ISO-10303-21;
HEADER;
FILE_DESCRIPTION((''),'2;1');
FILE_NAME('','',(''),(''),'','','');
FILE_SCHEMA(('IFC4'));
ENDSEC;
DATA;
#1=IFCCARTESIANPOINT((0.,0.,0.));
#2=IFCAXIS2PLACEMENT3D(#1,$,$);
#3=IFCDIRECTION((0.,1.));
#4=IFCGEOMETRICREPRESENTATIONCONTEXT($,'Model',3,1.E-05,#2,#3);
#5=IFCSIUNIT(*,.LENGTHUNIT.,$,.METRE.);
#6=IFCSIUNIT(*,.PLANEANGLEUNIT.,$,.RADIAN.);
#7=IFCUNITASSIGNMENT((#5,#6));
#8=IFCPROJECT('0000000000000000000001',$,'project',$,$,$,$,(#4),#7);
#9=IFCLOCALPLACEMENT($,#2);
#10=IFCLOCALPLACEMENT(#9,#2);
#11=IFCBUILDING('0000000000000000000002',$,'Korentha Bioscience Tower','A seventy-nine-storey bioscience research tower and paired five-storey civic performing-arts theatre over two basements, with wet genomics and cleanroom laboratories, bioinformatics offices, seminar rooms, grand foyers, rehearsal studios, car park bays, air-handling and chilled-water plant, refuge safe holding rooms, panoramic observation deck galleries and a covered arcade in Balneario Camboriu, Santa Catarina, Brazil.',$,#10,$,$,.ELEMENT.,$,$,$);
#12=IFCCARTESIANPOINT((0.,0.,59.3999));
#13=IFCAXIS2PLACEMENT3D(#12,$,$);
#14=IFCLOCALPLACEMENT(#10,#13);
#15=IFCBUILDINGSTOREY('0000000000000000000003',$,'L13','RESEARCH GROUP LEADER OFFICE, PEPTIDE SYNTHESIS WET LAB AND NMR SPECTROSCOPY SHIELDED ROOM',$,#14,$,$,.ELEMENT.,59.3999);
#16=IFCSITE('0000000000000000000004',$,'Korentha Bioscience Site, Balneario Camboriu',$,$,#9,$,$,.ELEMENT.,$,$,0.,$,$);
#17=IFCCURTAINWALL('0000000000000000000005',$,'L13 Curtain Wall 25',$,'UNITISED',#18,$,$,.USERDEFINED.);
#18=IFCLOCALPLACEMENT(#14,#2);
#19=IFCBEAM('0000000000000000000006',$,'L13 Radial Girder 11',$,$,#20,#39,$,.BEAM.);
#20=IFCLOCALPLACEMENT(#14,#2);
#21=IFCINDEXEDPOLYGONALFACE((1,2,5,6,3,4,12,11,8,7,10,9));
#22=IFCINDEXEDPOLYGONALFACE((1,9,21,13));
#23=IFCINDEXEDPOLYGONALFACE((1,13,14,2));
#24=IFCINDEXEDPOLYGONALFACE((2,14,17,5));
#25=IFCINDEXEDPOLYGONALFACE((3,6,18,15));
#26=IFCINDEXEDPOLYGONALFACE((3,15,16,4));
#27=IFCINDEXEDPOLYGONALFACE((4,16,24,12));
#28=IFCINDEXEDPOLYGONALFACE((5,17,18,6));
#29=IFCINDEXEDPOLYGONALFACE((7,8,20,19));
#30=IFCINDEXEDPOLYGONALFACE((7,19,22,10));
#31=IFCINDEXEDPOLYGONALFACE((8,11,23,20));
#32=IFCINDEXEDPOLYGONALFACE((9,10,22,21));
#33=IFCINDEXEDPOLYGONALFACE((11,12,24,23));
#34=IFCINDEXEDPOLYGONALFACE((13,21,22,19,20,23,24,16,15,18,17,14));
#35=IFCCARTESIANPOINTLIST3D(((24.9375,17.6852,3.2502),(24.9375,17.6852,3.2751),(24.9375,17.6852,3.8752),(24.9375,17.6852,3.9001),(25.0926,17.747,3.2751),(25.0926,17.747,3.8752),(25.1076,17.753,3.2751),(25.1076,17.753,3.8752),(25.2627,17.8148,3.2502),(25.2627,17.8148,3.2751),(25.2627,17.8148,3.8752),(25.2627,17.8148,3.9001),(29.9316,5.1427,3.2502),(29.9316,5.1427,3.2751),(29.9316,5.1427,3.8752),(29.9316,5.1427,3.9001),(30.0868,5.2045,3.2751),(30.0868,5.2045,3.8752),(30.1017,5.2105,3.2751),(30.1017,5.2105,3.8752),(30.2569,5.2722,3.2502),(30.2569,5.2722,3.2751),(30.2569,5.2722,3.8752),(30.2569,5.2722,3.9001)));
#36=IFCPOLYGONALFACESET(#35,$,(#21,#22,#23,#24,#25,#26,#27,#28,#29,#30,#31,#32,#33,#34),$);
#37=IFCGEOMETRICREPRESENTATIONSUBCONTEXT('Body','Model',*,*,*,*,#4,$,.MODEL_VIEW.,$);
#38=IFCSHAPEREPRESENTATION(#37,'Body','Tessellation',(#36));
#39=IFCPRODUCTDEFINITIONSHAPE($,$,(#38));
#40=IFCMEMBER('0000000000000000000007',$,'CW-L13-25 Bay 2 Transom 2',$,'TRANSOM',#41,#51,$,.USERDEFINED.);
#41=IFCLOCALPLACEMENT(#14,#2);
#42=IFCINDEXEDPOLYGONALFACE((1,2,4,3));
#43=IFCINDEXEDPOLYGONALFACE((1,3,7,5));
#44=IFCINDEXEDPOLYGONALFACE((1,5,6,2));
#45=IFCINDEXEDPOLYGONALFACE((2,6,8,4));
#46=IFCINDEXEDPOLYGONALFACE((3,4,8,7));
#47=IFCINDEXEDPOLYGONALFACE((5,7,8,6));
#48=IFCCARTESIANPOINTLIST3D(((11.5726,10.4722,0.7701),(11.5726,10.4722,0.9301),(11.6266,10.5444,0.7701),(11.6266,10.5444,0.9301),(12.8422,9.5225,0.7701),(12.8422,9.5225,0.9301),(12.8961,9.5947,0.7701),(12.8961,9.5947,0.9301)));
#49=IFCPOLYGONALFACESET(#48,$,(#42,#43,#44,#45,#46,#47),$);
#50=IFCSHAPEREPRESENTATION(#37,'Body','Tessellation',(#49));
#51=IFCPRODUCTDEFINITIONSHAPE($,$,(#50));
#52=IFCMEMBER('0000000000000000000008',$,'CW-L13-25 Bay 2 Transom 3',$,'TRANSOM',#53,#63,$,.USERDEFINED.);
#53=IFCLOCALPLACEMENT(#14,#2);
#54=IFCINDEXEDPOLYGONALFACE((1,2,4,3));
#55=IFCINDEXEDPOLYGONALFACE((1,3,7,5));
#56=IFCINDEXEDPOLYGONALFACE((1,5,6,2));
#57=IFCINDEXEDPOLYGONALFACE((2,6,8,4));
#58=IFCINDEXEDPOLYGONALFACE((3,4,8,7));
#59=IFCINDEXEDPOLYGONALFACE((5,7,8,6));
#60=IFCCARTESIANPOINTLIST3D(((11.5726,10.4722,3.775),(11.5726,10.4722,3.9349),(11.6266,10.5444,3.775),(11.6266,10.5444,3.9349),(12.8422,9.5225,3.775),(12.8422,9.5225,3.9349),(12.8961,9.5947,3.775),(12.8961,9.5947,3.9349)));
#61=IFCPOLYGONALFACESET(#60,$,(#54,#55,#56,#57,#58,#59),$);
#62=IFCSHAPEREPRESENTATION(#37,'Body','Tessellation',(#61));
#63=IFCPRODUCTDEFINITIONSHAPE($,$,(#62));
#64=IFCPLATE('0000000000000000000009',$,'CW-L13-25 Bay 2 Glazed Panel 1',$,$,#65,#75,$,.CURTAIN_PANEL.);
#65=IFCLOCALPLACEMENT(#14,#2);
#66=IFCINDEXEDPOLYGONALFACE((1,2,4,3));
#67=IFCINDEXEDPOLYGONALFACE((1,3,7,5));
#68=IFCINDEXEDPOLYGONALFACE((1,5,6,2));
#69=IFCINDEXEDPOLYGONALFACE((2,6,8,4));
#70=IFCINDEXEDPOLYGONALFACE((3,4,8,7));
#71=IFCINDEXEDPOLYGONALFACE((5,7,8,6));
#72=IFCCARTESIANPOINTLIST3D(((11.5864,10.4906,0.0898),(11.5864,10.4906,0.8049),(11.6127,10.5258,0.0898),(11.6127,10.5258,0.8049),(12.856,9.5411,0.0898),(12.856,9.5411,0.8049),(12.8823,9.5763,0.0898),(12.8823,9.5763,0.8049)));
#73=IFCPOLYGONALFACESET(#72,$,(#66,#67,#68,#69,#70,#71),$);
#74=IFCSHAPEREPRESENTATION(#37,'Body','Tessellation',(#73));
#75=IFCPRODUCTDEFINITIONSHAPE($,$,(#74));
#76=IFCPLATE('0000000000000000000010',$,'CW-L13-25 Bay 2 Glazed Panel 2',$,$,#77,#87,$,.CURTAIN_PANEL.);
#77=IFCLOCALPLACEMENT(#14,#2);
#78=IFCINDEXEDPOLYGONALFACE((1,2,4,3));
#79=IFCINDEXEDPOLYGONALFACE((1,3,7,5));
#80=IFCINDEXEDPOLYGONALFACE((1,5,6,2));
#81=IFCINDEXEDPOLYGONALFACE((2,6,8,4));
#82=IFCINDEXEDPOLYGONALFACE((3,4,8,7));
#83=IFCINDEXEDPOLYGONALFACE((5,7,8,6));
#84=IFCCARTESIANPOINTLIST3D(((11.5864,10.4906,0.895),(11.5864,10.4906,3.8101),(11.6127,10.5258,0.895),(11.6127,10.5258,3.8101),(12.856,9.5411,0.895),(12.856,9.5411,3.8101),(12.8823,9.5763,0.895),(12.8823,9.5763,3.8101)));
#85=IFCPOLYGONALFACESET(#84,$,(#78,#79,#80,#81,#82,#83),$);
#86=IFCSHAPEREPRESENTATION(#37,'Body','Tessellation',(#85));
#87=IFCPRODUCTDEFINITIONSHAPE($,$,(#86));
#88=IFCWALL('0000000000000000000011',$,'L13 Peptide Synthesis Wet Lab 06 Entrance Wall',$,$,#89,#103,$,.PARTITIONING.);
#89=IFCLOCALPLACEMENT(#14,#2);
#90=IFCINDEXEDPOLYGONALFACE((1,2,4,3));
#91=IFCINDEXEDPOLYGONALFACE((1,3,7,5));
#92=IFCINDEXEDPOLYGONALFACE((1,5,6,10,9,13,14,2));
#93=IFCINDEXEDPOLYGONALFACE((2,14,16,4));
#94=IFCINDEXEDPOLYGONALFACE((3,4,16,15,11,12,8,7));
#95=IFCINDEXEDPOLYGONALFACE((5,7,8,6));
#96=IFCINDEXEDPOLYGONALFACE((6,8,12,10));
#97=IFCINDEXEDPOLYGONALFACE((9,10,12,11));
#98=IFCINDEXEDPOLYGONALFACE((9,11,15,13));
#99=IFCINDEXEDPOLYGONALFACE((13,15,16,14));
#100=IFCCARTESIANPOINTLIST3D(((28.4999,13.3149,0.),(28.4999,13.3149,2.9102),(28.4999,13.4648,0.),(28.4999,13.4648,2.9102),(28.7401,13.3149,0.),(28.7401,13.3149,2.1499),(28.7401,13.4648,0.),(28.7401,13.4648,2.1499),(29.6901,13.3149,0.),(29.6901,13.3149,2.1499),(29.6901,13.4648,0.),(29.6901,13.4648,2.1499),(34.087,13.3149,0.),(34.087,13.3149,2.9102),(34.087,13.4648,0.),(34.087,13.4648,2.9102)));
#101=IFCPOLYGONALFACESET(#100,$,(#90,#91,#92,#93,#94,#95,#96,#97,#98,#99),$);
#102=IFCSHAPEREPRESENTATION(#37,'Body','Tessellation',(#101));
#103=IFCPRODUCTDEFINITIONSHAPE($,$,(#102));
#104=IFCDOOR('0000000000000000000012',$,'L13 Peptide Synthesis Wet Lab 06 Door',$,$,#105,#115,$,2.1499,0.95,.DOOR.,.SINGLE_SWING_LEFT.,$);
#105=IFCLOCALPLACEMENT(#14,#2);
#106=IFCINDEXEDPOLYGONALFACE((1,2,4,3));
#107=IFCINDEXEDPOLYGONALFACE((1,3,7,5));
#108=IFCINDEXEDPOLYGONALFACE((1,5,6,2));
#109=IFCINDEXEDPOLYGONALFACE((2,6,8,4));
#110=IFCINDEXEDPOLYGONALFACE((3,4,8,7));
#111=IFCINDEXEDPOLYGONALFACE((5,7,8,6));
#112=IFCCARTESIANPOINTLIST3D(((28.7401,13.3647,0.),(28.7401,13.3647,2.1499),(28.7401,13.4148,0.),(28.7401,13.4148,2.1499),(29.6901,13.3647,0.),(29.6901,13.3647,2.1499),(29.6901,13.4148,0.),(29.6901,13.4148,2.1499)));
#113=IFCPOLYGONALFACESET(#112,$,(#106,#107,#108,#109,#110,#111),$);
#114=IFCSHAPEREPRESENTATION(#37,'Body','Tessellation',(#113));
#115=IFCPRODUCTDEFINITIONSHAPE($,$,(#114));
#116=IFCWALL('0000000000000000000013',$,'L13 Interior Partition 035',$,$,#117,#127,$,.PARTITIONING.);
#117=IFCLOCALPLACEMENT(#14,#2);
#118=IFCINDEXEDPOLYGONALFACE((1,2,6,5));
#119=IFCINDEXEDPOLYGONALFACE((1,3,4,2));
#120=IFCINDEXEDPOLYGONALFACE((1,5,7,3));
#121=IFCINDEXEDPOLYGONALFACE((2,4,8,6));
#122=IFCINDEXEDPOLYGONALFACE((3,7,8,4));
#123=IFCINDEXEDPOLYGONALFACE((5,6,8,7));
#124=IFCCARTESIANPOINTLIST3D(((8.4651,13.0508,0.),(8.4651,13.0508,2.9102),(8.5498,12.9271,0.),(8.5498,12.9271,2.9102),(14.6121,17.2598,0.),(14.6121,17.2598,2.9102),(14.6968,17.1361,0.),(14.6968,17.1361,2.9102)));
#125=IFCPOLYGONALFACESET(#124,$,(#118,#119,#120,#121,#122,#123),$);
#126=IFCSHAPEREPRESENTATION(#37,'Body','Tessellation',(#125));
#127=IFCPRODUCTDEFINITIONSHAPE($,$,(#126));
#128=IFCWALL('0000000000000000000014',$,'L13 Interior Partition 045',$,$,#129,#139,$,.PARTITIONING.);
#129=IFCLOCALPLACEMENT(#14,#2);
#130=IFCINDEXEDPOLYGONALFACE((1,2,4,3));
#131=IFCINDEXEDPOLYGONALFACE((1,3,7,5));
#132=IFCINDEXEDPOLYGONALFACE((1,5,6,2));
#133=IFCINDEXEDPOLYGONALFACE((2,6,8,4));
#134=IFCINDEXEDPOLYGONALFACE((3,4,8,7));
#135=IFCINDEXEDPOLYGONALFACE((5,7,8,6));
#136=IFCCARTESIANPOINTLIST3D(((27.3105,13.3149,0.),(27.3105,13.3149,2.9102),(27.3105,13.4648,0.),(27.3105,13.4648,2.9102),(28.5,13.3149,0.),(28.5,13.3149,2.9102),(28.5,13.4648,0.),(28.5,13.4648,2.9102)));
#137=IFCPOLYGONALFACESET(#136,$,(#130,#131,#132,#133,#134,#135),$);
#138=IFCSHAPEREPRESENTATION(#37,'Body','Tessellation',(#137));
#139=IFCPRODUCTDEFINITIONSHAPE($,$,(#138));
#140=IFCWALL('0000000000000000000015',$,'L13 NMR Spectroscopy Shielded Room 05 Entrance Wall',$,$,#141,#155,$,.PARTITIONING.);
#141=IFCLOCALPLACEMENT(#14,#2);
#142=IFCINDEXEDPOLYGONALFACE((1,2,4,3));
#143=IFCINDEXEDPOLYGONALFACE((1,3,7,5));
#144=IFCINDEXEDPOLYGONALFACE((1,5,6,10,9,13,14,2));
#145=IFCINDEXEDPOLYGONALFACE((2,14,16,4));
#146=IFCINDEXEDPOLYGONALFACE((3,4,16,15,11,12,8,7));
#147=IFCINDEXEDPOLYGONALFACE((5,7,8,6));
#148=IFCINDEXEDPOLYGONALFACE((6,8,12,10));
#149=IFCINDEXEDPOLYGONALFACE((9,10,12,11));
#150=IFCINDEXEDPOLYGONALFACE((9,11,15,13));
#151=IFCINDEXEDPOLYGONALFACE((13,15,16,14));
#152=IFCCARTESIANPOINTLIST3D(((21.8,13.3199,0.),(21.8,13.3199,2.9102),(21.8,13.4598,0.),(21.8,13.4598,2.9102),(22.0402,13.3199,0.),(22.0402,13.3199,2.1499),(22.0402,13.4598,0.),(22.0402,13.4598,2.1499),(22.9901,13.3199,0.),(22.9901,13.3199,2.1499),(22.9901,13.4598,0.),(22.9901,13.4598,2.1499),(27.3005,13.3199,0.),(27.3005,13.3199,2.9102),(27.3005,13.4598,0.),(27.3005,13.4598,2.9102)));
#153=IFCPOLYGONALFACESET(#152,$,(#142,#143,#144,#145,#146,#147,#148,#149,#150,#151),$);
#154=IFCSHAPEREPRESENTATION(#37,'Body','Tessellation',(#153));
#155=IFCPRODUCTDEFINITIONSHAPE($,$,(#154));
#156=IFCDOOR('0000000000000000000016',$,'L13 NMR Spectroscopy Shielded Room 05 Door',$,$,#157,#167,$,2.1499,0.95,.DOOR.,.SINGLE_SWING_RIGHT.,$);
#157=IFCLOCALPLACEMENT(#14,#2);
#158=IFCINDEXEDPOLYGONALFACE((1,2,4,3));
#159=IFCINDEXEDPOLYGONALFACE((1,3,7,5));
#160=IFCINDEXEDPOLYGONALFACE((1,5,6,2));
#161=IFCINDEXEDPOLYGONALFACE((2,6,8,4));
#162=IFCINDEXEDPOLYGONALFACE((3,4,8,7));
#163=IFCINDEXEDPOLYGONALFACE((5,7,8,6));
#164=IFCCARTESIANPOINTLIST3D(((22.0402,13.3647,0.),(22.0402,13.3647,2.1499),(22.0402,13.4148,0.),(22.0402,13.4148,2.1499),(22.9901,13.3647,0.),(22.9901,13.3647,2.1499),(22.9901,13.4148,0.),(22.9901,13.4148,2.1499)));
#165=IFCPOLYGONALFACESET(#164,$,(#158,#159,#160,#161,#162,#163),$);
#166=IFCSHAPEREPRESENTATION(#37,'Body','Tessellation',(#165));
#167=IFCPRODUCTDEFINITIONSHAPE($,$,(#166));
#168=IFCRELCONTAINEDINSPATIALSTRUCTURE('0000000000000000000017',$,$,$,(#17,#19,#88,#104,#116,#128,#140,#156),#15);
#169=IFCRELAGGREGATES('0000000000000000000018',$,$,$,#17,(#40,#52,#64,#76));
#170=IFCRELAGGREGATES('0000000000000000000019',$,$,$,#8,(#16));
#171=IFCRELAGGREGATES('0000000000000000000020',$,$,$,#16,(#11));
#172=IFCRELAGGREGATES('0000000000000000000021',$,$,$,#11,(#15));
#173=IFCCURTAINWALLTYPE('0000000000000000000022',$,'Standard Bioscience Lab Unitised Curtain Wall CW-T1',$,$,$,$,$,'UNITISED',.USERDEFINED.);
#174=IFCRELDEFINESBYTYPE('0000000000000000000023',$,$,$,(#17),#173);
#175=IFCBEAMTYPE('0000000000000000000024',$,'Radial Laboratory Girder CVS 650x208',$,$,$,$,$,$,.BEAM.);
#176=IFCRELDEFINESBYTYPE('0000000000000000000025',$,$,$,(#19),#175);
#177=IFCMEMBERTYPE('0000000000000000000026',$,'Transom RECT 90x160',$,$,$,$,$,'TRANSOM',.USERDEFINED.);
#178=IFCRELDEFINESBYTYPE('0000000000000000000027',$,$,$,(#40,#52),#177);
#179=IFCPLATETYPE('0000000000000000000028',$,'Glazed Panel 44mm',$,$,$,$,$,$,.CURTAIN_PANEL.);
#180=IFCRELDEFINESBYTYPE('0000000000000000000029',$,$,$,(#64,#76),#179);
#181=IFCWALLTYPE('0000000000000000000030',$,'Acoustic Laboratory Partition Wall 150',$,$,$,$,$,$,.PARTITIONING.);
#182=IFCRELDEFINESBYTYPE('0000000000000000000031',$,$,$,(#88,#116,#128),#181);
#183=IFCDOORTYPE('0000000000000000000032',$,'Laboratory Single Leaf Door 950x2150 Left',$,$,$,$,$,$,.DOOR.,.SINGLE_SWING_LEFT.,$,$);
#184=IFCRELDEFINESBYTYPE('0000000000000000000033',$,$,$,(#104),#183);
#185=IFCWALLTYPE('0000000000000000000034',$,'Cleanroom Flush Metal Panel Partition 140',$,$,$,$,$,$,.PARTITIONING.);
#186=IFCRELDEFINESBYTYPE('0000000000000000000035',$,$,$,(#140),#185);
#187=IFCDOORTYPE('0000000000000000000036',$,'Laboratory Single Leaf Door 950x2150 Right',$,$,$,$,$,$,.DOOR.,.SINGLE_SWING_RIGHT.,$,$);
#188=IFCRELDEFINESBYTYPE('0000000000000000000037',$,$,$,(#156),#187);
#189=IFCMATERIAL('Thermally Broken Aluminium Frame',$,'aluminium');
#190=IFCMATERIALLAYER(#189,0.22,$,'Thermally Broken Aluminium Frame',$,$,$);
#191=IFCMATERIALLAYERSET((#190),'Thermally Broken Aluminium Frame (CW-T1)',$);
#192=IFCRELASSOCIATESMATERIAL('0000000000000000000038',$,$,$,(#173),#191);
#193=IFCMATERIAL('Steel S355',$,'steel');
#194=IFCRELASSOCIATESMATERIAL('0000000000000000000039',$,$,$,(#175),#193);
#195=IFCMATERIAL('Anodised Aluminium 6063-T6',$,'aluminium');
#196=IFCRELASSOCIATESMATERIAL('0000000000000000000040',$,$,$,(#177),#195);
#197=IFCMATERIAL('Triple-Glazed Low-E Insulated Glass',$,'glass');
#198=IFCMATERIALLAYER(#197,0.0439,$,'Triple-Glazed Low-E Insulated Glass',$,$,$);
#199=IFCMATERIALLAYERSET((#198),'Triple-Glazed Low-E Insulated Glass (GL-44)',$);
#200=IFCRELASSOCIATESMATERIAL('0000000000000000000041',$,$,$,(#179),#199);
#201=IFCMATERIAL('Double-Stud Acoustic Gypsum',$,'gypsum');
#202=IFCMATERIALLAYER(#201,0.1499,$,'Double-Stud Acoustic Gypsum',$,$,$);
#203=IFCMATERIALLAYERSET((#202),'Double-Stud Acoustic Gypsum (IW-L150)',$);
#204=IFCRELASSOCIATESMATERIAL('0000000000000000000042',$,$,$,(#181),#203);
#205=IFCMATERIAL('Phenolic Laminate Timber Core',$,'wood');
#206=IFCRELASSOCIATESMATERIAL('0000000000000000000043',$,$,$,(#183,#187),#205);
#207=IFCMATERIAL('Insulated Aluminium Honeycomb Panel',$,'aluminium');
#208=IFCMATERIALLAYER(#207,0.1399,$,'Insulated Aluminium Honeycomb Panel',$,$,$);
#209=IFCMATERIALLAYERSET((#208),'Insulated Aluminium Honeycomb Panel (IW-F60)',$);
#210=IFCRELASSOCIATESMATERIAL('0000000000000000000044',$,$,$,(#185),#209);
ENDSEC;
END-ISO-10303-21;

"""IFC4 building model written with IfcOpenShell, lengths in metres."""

from ifc_helpers import new_model, si_unit, direction, frame, frame_2d, origin, origin_2d, place, context, subcontext, project, spatial, rectangle, i_section, extrude, material, layer, layer_set, material_profile, profile_set, type_object, element, fill, aggregate, save


model = new_model("IFC4")

# Units and contexts
model_context = context("Model", 3, precision=1e-05, world=origin(), true_north=direction((0.0, 1.0)))
body_context = subcontext(model_context, "Body", "Model", "MODEL_VIEW")
ifc_project = project(units=[si_unit("LENGTHUNIT", "METRE"), si_unit("PLANEANGLEUNIT", "RADIAN")], contexts=[model_context])

# Site, building, storey
site_placement = place(None, origin())
site = spatial("IfcSite", under=ifc_project, at=site_placement, Name="Korentha Bioscience Site, Balneario Camboriu", CompositionType="ELEMENT", RefElevation=0.0)
building_placement = place(site_placement, origin())
building = spatial("IfcBuilding", under=site, at=building_placement, Name="Korentha Bioscience Tower", Description="A seventy-nine-storey bioscience research tower and paired five-storey civic performing-arts theatre over two basements, with wet genomics and cleanroom laboratories, bioinformatics offices, seminar rooms, grand foyers, rehearsal studios, car park bays, air-handling and chilled-water plant, refuge safe holding rooms, panoramic observation deck galleries and a covered arcade in Balneario Camboriu, Santa Catarina, Brazil.", CompositionType="ELEMENT")
storey_placement = place(building_placement, frame((0.0, 0.0, 59.3999)))
storey = spatial("IfcBuildingStorey", under=building, at=storey_placement, Name="L13", Description="RESEARCH GROUP LEADER OFFICE, PEPTIDE SYNTHESIS WET LAB AND NMR SPECTROSCOPY SHIELDED ROOM", CompositionType="ELEMENT", Elevation=59.3999)

# Curtain wall
ifc_material_1 = material(Name="Thermally Broken Aluminium Frame", Category="aluminium")
ifc_layer_1 = layer(ifc_material_1, 0.22, Name="Thermally Broken Aluminium Frame")
ifc_layer_set_1 = layer_set([ifc_layer_1], Name="Thermally Broken Aluminium Frame (CW-T1)")
curtain_wall_type = type_object("IfcCurtainWallType", Name="Standard Bioscience Lab Unitised Curtain Wall CW-T1", ElementType="UNITISED", PredefinedType="USERDEFINED", material=ifc_layer_set_1)
curtain_wall_placement = place(storey_placement, origin())
curtain_wall = element("IfcCurtainWall", 1, at=curtain_wall_placement, inside=storey, type_object=curtain_wall_type, Name="L13 Curtain Wall 25", ObjectType="UNITISED", PredefinedType="USERDEFINED")
ifc_material_2 = material(Name="Anodised Aluminium 6063-T6", Category="aluminium")

# Beam
ifc_material_3 = material(Name="Steel S355", Category="steel")
ifc_material_profile_1 = material_profile(ifc_material_3, i_section(OverallWidth=0.3501, OverallDepth=0.6499, WebThickness=0.0161, FlangeThickness=0.0249, at=origin_2d()), Name="Steel S355")
ifc_profile_set_1 = profile_set([ifc_material_profile_1], Name="Steel S355 (RB-650)")
beam_type_1 = type_object("IfcBeamType", Name="Radial Laboratory Girder CVS 650x208", PredefinedType="BEAM", material=ifc_profile_set_1)
beam_1_placement = place(storey_placement, frame((25.1001, 17.75, 3.5752), z_axis=(0.369931, -0.929059, 0.0), x_axis=(0.929059, 0.369931, 0.0)))
element("IfcBeam", 2, at=beam_1_placement, inside=storey, type_object=beam_type_1, Name="L13 Radial Girder 11", PredefinedType="BEAM", context=body_context, shape_type="SweptSolid", body=[
    extrude(i_section(OverallWidth=0.3501, OverallDepth=0.6499, WebThickness=0.0161, FlangeThickness=0.0249, at=origin_2d()), origin(), (0.0, 0.0, 1.0), 13.5002),
])

# Members
ifc_material_profile_2 = material_profile(ifc_material_2, rectangle(XDim=0.0901, YDim=0.1599, at=origin_2d()), Name="Anodised Aluminium 6063-T6")
ifc_profile_set_2 = profile_set([ifc_material_profile_2], Name="Anodised Aluminium 6063-T6 (CW-TRN)")
member_type_1 = type_object("IfcMemberType", Name="Transom RECT 90x160", ElementType="TRANSOM", PredefinedType="USERDEFINED", material=ifc_profile_set_2)
member_1_placement = place(storey_placement, frame((11.5996, 10.5083, 0.8501), z_axis=(0.800739, -0.599014, 0.0), x_axis=(0.599014, 0.800739, 0.0)))
member_1 = element("IfcMember", 3, at=member_1_placement, type_object=member_type_1, Name="CW-L13-25 Bay 2 Transom 2", ObjectType="TRANSOM", PredefinedType="USERDEFINED", context=body_context, shape_type="SweptSolid", body=[
    extrude(rectangle(XDim=0.0901, YDim=0.1599, at=origin_2d()), origin(), (0.0, 0.0, 1.0), 1.5854),
])
member_2_placement = place(storey_placement, frame((11.5996, 10.5083, 3.855), z_axis=(0.800739, -0.599014, 0.0), x_axis=(0.599014, 0.800739, 0.0)))
member_2 = element("IfcMember", 4, at=member_2_placement, type_object=member_type_1, Name="CW-L13-25 Bay 2 Transom 3", ObjectType="TRANSOM", PredefinedType="USERDEFINED", context=body_context, shape_type="SweptSolid", body=[
    extrude(rectangle(XDim=0.0901, YDim=0.1599, at=origin_2d()), origin(), (0.0, 0.0, 1.0), 1.5854),
])

# Plates
ifc_material_4 = material(Name="Triple-Glazed Low-E Insulated Glass", Category="glass")
ifc_layer_2 = layer(ifc_material_4, 0.0439, Name="Triple-Glazed Low-E Insulated Glass")
ifc_layer_set_2 = layer_set([ifc_layer_2], Name="Triple-Glazed Low-E Insulated Glass (GL-44)")
plate_type = type_object("IfcPlateType", Name="Glazed Panel 44mm", PredefinedType="CURTAIN_PANEL", material=ifc_layer_set_2)
plate_1_placement = place(storey_placement, frame((12.2344, 10.0334, 0.0898), z_axis=(0.0, 0.0, 1.0), x_axis=(0.800798, -0.598935, 0.0)))
plate_1 = element("IfcPlate", 5, at=plate_1_placement, type_object=plate_type, Name="CW-L13-25 Bay 2 Glazed Panel 1", PredefinedType="CURTAIN_PANEL", context=body_context, shape_type="SweptSolid", body=[
    extrude(rectangle(XDim=1.5854, YDim=0.0439, at=origin_2d()), origin(), (0.0, 0.0, 1.0), 0.7151),
])
plate_2_placement = place(storey_placement, frame((12.2344, 10.0334, 0.895), z_axis=(0.0, 0.0, 1.0), x_axis=(0.800798, -0.598935, 0.0)))
plate_2 = element("IfcPlate", 6, at=plate_2_placement, type_object=plate_type, Name="CW-L13-25 Bay 2 Glazed Panel 2", PredefinedType="CURTAIN_PANEL", context=body_context, shape_type="SweptSolid", body=[
    extrude(rectangle(XDim=1.5854, YDim=0.0439, at=origin_2d()), origin(), (0.0, 0.0, 1.0), 2.915),
])
aggregate(curtain_wall, [member_1, member_2, plate_1, plate_2])

# Wall, opening, door
ifc_material_5 = material(Name="Double-Stud Acoustic Gypsum", Category="gypsum")
ifc_layer_3 = layer(ifc_material_5, 0.1499, Name="Double-Stud Acoustic Gypsum")
ifc_layer_set_3 = layer_set([ifc_layer_3], Name="Double-Stud Acoustic Gypsum (IW-L150)")
wall_type_1 = type_object("IfcWallType", Name="Acoustic Laboratory Partition Wall 150", PredefinedType="PARTITIONING", material=ifc_layer_set_3)
wall_1_placement = place(storey_placement, frame((28.5, 13.3899, 0.0), z_axis=(0.0, 0.0, 1.0), x_axis=(1.0, 0.0, 0.0)))
wall_1 = element("IfcWall", 7, at=wall_1_placement, inside=storey, type_object=wall_type_1, Name="L13 Peptide Synthesis Wet Lab 06 Entrance Wall", PredefinedType="PARTITIONING", context=body_context, shape_type="SweptSolid", body=[
    extrude(rectangle(XDim=5.5872, YDim=0.1499, at=frame_2d((2.7935, 0.0))), origin(), (0.0, 0.0, 1.0), 2.9102),
])
opening_1_placement = place(wall_1_placement, frame((0.24, 0.0, 0.0)))
opening_1 = element("IfcOpeningElement", 8, at=opening_1_placement, cuts=wall_1, PredefinedType="OPENING", context=body_context, shape_type="SweptSolid", body=[
    extrude(rectangle(XDim=0.95, YDim=2.1499, at=frame_2d((0.4751, 1.075))), frame((0.0, 0.0898, 0.0), z_axis=(0.0, -1.0, 0.0), x_axis=(1.0, 0.0, 0.0)), (0.0, 0.0, 1.0), 0.1797),
])
ifc_material_6 = material(Name="Phenolic Laminate Timber Core", Category="wood")
door_type_1 = type_object("IfcDoorType", Name="Laboratory Single Leaf Door 950x2150 Left", OperationType="SINGLE_SWING_LEFT", PredefinedType="DOOR", material=ifc_material_6)
door_1_placement = place(opening_1_placement, origin())
door_1 = element("IfcDoor", 9, at=door_1_placement, inside=storey, type_object=door_type_1, Name="L13 Peptide Synthesis Wet Lab 06 Door", OperationType="SINGLE_SWING_LEFT", OverallHeight=2.1499, OverallWidth=0.95, PredefinedType="DOOR", context=body_context, shape_type="SweptSolid", body=[
    extrude(rectangle(XDim=0.95, YDim=2.1499, at=frame_2d((0.4751, 1.075))), frame((0.0, 0.0249, 0.0), z_axis=(0.0, -1.0, 0.0), x_axis=(1.0, 0.0, 0.0)), (0.0, 0.0, 1.0), 0.05),
])
fill(opening_1, door_1)

# Walls
wall_2_placement = place(storey_placement, frame((14.6545, 17.198, 0.0), z_axis=(0.0, 0.0, 1.0), x_axis=(-0.825109, -0.564973, 0.0)))
element("IfcWall", 10, at=wall_2_placement, inside=storey, type_object=wall_type_1, Name="L13 Interior Partition 035", PredefinedType="PARTITIONING", context=body_context, shape_type="SweptSolid", body=[
    extrude(rectangle(XDim=7.45, YDim=0.1499, at=frame_2d((3.7251, 0.0))), origin(), (0.0, 0.0, 1.0), 2.9102),
])
wall_3_placement = place(storey_placement, frame((27.3105, 13.3899, 0.0), z_axis=(0.0, 0.0, 1.0), x_axis=(1.0, 0.0, 0.0)))
element("IfcWall", 11, at=wall_3_placement, inside=storey, type_object=wall_type_1, Name="L13 Interior Partition 045", PredefinedType="PARTITIONING", context=body_context, shape_type="SweptSolid", body=[
    extrude(rectangle(XDim=1.1895, YDim=0.1499, at=frame_2d((0.5947, 0.0))), origin(), (0.0, 0.0, 1.0), 2.9102),
])

# Wall, opening, door
ifc_material_7 = material(Name="Insulated Aluminium Honeycomb Panel", Category="aluminium")
ifc_layer_4 = layer(ifc_material_7, 0.1399, Name="Insulated Aluminium Honeycomb Panel")
ifc_layer_set_4 = layer_set([ifc_layer_4], Name="Insulated Aluminium Honeycomb Panel (IW-F60)")
wall_type_2 = type_object("IfcWallType", Name="Cleanroom Flush Metal Panel Partition 140", PredefinedType="PARTITIONING", material=ifc_layer_set_4)
wall_4_placement = place(storey_placement, frame((21.8, 13.3899, 0.0), z_axis=(0.0, 0.0, 1.0), x_axis=(1.0, 0.0, 0.0)))
wall_4 = element("IfcWall", 12, at=wall_4_placement, inside=storey, type_object=wall_type_2, Name="L13 NMR Spectroscopy Shielded Room 05 Entrance Wall", PredefinedType="PARTITIONING", context=body_context, shape_type="SweptSolid", body=[
    extrude(rectangle(XDim=5.5005, YDim=0.1399, at=frame_2d((2.7502, 0.0))), origin(), (0.0, 0.0, 1.0), 2.9102),
])
opening_2_placement = place(wall_4_placement, frame((0.24, 0.0, 0.0)))
opening_2 = element("IfcOpeningElement", 13, at=opening_2_placement, cuts=wall_4, PredefinedType="OPENING", context=body_context, shape_type="SweptSolid", body=[
    extrude(rectangle(XDim=0.95, YDim=2.1499, at=frame_2d((0.4751, 1.075))), frame((0.0, 0.085, 0.0), z_axis=(0.0, -1.0, 0.0), x_axis=(1.0, 0.0, 0.0)), (0.0, 0.0, 1.0), 0.1697),
])
door_type_2 = type_object("IfcDoorType", Name="Laboratory Single Leaf Door 950x2150 Right", OperationType="SINGLE_SWING_RIGHT", PredefinedType="DOOR", material=ifc_material_6)
door_2_placement = place(opening_2_placement, origin())
door_2 = element("IfcDoor", 14, at=door_2_placement, inside=storey, type_object=door_type_2, Name="L13 NMR Spectroscopy Shielded Room 05 Door", OperationType="SINGLE_SWING_RIGHT", OverallHeight=2.1499, OverallWidth=0.95, PredefinedType="DOOR", context=body_context, shape_type="SweptSolid", body=[
    extrude(rectangle(XDim=0.95, YDim=2.1499, at=frame_2d((0.4751, 1.075))), frame((0.0, 0.0249, 0.0), z_axis=(0.0, -1.0, 0.0), x_axis=(1.0, 0.0, 0.0)), (0.0, 0.0, 1.0), 0.05),
])
fill(opening_2, door_2)

save(model, "model.ifc")
